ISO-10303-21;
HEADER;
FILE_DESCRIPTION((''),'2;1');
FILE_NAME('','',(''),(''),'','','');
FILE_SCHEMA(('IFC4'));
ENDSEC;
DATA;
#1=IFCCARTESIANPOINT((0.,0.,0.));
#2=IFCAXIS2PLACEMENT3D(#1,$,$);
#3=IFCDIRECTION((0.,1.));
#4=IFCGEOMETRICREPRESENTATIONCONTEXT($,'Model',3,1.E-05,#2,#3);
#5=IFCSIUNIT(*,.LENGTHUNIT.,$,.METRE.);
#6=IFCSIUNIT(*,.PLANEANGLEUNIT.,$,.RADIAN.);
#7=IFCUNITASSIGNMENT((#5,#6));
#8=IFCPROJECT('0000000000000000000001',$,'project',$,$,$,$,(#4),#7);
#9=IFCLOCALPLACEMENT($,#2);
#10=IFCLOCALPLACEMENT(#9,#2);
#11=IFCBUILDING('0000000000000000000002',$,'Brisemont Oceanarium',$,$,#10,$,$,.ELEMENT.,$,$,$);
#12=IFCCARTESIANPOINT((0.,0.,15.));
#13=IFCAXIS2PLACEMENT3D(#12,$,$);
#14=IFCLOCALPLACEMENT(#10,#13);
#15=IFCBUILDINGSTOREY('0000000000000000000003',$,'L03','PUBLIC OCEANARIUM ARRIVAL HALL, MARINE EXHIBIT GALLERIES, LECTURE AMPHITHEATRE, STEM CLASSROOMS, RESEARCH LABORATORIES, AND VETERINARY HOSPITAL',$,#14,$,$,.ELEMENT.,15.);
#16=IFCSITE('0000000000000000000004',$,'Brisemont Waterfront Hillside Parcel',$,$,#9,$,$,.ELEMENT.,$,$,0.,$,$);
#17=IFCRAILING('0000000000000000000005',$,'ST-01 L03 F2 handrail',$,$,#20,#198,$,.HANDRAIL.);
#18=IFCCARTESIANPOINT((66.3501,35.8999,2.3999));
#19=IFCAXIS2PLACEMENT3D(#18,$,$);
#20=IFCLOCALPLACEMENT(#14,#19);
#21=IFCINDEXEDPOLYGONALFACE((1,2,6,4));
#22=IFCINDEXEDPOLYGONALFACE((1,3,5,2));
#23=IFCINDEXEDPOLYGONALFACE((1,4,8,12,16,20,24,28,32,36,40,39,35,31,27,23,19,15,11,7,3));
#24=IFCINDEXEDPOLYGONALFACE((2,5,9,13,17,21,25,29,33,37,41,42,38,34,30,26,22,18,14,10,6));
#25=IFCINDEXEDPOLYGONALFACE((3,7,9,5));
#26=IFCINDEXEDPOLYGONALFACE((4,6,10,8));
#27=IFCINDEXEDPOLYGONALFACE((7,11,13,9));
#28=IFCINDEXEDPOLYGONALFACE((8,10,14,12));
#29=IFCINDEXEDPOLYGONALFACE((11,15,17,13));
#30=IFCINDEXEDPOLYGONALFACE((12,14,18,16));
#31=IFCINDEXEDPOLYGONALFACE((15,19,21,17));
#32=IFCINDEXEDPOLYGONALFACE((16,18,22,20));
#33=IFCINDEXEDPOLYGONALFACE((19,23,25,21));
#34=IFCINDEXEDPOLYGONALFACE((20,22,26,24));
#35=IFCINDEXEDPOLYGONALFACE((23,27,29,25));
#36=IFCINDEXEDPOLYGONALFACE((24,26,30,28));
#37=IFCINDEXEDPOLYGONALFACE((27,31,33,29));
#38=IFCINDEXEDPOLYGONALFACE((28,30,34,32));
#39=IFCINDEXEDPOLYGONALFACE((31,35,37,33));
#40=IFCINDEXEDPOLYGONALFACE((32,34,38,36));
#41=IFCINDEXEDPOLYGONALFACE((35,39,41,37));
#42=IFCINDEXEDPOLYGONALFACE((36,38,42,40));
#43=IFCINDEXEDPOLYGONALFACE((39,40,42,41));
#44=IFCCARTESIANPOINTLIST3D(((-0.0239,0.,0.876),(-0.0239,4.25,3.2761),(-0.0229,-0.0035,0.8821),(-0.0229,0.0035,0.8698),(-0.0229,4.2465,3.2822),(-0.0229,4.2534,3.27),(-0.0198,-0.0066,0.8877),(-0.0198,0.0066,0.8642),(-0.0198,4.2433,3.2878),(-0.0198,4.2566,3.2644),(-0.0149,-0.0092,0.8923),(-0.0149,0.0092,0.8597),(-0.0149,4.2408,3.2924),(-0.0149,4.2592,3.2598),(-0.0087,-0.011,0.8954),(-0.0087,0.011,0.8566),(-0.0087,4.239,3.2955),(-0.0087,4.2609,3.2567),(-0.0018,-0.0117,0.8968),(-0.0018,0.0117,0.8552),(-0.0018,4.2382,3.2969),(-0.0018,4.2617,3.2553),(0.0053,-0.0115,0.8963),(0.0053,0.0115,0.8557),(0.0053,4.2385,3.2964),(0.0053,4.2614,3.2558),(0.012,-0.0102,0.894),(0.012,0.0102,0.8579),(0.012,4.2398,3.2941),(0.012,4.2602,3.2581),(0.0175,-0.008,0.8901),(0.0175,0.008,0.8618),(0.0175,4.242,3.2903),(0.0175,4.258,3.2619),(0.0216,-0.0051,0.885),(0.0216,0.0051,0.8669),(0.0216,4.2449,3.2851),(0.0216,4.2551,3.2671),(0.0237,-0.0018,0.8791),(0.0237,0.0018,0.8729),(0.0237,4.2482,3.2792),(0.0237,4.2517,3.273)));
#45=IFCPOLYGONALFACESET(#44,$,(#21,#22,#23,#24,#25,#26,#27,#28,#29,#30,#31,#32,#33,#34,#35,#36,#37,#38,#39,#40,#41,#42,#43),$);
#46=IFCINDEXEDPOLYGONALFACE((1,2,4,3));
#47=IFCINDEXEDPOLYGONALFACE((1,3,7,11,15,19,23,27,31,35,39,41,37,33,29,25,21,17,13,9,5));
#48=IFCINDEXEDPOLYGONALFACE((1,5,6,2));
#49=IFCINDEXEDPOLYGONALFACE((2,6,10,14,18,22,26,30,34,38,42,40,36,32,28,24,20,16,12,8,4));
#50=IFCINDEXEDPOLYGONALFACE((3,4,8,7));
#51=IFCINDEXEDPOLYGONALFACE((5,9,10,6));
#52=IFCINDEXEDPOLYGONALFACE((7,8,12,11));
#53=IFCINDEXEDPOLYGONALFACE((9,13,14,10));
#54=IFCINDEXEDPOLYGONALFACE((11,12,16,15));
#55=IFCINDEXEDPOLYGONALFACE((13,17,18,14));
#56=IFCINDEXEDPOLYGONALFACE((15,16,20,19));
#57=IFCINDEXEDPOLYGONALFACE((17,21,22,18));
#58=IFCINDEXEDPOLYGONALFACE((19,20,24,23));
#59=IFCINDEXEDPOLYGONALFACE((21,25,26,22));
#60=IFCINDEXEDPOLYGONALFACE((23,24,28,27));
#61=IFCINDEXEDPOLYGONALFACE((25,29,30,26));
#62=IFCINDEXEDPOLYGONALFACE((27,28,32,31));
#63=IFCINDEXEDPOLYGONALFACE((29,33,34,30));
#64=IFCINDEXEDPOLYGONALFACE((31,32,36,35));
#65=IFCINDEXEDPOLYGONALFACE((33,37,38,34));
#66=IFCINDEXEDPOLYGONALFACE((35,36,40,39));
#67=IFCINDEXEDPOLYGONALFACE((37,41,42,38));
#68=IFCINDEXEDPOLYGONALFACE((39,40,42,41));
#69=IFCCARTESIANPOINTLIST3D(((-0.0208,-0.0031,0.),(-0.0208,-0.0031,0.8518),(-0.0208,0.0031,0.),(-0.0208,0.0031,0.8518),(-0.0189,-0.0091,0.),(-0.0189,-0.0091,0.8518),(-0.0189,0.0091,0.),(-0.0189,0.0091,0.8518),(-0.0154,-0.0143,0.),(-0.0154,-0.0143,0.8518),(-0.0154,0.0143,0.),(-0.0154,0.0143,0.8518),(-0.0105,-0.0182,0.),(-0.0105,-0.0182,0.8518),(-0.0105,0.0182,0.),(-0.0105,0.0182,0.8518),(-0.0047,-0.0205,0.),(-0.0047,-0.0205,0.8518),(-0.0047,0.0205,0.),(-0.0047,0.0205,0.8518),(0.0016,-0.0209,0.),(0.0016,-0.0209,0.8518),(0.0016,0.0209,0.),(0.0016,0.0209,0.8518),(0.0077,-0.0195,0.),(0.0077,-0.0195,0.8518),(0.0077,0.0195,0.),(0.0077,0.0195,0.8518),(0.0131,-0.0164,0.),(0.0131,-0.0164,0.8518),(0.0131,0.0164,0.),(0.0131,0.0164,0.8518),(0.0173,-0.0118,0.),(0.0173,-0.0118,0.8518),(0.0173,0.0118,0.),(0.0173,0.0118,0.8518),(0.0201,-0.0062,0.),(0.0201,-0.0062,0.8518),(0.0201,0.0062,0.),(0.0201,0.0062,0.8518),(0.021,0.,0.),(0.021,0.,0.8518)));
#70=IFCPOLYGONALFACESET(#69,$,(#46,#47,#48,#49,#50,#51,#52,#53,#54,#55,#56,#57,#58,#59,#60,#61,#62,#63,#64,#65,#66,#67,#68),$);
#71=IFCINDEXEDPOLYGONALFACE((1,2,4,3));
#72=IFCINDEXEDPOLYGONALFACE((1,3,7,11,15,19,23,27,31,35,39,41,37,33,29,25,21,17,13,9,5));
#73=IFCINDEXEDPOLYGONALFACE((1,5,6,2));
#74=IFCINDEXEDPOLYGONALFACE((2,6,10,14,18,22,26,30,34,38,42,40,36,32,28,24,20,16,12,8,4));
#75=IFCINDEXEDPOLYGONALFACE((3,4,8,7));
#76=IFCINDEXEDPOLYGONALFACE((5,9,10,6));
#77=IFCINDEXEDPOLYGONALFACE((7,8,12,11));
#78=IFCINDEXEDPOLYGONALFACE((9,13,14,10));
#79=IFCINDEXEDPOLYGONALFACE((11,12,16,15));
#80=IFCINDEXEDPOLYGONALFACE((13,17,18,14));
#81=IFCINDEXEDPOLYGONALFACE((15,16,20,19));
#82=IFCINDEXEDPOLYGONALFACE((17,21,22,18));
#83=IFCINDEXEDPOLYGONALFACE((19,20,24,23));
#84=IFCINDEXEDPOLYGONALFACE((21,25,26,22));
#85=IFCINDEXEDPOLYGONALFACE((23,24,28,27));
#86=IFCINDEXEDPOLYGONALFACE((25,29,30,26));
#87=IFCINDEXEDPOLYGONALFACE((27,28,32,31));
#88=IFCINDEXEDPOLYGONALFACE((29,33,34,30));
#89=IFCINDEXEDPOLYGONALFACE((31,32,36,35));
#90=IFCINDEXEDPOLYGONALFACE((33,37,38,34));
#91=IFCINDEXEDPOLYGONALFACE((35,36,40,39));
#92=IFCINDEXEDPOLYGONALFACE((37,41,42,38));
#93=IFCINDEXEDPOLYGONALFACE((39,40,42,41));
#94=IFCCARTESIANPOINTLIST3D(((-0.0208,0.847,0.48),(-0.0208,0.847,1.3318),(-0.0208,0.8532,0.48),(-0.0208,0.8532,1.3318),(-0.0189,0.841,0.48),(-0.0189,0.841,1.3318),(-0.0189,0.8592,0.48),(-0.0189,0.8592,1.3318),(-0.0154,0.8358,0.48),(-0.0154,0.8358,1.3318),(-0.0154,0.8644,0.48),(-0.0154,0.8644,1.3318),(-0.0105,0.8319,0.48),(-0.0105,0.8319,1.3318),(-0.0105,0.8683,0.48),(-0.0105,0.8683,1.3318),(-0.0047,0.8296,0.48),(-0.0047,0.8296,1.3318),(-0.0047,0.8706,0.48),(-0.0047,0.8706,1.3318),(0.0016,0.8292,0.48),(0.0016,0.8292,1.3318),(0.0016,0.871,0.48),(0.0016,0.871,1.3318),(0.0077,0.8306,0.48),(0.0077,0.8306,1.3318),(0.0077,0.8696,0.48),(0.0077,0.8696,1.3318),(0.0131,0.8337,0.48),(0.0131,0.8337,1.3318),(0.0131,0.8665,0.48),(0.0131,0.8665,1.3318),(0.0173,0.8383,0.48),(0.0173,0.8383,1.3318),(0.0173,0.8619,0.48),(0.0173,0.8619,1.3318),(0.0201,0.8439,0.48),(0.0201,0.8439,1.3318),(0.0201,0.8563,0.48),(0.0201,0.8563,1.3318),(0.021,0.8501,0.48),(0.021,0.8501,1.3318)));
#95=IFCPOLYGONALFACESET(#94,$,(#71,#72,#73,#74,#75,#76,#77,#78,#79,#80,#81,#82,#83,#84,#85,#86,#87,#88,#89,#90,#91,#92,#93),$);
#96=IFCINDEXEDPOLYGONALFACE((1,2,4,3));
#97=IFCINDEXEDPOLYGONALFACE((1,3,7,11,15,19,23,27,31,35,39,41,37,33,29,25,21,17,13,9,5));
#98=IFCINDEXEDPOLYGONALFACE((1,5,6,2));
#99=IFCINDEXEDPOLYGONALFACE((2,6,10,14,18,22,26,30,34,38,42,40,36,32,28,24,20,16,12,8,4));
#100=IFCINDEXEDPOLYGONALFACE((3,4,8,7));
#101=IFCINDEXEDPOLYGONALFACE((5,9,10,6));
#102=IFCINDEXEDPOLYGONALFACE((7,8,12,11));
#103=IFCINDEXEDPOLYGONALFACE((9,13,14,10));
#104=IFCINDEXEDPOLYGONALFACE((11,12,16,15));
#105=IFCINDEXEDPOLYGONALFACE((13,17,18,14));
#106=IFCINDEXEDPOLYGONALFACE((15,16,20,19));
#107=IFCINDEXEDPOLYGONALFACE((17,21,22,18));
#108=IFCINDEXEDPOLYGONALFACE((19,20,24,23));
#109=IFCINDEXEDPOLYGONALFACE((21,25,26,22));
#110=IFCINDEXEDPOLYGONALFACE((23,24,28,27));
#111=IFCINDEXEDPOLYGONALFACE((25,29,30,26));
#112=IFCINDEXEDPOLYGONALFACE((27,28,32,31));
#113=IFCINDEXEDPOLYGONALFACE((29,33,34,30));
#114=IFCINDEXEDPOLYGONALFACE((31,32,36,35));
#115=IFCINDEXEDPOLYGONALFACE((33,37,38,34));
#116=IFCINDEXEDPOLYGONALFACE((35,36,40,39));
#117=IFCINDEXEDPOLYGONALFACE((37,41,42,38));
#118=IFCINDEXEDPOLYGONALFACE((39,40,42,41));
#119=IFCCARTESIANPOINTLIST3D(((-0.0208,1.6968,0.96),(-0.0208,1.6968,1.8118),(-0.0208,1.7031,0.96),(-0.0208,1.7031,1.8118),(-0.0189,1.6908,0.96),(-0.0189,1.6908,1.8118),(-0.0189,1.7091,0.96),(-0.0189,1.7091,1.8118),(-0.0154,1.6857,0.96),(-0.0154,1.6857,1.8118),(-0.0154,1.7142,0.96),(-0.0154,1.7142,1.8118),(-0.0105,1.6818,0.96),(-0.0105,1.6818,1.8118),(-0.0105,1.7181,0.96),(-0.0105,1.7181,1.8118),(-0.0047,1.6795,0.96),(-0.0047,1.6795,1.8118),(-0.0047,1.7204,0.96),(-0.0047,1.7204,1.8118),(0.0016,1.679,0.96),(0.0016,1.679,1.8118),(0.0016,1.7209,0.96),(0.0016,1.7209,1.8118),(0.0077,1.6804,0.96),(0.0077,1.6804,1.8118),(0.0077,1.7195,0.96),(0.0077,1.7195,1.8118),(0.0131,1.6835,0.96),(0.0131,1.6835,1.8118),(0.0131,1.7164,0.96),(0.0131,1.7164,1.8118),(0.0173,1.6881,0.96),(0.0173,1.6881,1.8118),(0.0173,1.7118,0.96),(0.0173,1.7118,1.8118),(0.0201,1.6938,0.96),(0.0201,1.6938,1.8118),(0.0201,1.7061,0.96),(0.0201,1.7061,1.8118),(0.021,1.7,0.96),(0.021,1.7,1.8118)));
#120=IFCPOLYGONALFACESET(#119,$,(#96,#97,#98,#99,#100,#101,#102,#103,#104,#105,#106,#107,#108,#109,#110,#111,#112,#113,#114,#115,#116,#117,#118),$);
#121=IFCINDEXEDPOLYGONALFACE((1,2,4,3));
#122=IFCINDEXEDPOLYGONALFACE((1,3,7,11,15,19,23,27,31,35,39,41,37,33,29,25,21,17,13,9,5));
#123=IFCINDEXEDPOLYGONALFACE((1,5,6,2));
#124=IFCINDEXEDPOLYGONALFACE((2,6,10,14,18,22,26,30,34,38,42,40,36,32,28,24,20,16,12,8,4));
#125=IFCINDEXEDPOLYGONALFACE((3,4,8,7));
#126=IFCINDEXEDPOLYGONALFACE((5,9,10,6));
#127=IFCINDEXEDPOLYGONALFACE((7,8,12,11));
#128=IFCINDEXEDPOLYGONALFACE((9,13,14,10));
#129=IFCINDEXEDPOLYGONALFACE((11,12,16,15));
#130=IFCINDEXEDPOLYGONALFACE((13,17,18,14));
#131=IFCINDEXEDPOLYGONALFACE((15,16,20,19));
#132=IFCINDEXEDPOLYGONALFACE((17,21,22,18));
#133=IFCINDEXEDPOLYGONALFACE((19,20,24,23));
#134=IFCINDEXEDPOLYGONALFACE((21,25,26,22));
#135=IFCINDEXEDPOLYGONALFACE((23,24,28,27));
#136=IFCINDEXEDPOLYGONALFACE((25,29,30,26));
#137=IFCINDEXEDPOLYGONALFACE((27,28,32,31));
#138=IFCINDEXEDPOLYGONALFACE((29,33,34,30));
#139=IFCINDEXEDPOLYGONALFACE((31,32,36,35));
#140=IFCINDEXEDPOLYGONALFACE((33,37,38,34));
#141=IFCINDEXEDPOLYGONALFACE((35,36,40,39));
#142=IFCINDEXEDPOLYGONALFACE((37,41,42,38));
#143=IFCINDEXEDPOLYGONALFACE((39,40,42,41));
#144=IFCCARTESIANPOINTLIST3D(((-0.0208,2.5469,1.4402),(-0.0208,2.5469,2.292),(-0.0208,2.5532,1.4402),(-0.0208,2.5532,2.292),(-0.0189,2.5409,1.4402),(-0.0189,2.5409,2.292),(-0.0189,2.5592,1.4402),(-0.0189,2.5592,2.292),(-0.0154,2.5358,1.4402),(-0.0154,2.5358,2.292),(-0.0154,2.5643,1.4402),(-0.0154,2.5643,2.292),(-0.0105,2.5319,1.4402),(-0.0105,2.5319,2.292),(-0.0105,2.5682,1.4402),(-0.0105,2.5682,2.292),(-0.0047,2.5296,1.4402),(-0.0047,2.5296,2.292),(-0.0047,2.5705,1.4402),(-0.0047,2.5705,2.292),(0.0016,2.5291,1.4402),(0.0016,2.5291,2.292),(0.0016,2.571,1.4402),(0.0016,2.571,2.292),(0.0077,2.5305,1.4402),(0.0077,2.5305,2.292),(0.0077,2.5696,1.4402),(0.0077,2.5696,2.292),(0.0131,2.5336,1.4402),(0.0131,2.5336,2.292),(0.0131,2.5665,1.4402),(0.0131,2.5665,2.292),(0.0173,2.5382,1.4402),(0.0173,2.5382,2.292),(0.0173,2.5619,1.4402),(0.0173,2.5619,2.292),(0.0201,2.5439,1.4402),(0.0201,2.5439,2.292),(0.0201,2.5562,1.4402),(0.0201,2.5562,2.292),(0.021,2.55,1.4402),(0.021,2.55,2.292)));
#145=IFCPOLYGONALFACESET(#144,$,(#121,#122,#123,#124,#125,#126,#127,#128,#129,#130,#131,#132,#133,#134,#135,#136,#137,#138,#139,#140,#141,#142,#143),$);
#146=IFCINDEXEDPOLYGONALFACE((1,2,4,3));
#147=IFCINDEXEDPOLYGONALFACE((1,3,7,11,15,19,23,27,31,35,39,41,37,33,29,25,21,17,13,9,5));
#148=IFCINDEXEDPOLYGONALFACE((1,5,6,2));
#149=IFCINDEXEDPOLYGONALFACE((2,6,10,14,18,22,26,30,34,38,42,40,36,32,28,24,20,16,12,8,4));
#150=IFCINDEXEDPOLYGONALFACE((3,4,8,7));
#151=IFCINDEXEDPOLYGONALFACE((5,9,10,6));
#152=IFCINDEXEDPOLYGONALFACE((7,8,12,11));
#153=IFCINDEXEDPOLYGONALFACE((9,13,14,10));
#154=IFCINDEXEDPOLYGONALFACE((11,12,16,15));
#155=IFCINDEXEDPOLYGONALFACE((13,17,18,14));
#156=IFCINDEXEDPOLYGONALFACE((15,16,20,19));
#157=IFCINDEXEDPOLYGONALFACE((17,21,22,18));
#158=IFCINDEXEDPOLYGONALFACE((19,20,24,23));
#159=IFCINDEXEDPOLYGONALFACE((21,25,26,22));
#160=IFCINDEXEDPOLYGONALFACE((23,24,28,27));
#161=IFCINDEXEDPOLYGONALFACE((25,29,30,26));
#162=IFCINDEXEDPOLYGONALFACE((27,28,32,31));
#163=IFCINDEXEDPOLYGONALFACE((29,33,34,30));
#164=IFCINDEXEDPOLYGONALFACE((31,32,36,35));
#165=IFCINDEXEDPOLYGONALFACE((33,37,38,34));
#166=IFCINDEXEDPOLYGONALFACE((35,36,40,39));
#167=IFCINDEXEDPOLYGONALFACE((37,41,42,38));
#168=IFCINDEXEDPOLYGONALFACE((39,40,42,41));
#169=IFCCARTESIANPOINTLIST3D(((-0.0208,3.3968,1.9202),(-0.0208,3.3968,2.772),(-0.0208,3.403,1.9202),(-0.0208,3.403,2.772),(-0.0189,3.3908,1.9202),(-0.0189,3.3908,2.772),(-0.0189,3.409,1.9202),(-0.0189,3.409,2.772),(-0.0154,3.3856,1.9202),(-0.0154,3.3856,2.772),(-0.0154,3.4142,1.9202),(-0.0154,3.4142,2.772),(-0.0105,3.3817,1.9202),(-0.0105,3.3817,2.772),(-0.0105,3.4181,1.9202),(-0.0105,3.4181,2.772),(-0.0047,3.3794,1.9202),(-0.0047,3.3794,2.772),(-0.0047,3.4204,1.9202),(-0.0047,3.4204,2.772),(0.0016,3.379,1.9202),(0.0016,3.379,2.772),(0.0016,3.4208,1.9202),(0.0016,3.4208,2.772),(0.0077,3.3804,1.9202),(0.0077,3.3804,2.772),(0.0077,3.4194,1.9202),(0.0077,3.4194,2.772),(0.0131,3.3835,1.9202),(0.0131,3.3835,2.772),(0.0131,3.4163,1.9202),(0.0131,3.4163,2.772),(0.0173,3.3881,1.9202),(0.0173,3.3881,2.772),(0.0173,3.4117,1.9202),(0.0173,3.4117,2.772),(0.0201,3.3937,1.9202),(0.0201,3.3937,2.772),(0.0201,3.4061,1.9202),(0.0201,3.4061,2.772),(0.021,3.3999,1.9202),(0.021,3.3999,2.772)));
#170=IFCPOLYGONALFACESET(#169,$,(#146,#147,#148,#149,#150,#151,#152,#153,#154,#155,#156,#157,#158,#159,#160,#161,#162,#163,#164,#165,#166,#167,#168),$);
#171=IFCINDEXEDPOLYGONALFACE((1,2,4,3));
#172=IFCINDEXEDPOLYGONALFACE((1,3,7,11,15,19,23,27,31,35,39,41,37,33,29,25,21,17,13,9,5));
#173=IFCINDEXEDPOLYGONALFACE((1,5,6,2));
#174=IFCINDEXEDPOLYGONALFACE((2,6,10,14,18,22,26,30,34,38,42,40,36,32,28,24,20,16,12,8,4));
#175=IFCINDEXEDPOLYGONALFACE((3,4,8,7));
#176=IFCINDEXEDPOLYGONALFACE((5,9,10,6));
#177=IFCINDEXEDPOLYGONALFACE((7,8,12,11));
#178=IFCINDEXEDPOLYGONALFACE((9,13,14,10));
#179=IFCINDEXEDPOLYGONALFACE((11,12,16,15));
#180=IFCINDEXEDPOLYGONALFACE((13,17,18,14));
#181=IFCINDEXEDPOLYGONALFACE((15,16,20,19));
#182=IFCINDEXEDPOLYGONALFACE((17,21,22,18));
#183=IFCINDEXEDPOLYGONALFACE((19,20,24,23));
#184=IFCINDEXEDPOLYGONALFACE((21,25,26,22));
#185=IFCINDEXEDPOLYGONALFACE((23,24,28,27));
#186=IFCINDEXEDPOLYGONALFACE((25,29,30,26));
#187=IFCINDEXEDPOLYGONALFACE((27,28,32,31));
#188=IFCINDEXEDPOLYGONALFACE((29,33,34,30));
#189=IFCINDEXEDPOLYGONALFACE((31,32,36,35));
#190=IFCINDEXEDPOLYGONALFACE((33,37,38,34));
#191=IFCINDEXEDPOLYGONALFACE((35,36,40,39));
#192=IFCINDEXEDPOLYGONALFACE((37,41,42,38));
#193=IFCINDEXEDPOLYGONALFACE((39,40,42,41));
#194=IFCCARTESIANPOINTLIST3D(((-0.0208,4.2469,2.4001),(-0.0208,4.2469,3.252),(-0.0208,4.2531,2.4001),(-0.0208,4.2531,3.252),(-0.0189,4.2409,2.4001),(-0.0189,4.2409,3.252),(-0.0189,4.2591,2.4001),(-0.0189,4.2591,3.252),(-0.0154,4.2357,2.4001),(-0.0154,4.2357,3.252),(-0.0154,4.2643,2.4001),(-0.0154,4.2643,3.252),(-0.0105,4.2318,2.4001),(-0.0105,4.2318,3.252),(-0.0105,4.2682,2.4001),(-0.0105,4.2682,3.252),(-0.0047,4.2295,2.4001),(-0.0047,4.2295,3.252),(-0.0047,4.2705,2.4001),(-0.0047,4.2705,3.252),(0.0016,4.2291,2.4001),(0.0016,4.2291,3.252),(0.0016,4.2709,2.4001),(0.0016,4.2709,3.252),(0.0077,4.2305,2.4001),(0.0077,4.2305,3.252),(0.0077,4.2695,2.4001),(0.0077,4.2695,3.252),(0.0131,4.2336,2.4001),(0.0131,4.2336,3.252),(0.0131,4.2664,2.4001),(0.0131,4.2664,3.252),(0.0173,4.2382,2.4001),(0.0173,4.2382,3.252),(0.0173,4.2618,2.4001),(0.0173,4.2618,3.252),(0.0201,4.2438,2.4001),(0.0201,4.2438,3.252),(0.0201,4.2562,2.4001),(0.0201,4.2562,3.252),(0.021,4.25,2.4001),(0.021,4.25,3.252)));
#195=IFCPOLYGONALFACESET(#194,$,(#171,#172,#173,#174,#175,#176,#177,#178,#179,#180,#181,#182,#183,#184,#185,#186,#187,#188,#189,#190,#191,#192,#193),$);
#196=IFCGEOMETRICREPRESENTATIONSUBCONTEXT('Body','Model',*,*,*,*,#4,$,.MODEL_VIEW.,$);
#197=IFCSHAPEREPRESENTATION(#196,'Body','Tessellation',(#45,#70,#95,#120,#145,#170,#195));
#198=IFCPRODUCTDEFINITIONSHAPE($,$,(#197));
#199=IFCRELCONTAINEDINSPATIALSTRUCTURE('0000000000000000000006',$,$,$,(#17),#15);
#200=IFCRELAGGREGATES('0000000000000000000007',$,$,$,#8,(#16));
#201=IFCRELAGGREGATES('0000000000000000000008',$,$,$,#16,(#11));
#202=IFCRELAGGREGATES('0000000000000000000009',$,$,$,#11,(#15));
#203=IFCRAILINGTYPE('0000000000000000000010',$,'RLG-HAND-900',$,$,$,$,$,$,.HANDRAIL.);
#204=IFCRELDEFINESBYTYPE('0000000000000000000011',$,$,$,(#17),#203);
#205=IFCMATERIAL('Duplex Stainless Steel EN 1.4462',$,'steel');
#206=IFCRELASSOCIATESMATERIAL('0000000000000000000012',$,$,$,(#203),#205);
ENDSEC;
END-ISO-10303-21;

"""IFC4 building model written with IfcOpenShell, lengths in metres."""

from ifc_helpers import new_model, si_unit, direction, frame, origin, origin_2d, place, context, subcontext, project, spatial, circle, extrude, material, type_object, element, save


model = new_model("IFC4")

# Units and contexts
model_context = context("Model", 3, precision=1e-05, world=origin(), true_north=direction((0.0, 1.0)))
body_context = subcontext(model_context, "Body", "Model", "MODEL_VIEW")
ifc_project = project(units=[si_unit("LENGTHUNIT", "METRE"), si_unit("PLANEANGLEUNIT", "RADIAN")], contexts=[model_context])

# Site, building, storey
site_placement = place(None, origin())
site = spatial("IfcSite", under=ifc_project, at=site_placement, Name="Brisemont Waterfront Hillside Parcel", CompositionType="ELEMENT", RefElevation=0.0)
building_placement = place(site_placement, origin())
building = spatial("IfcBuilding", under=site, at=building_placement, Name="Brisemont Oceanarium", CompositionType="ELEMENT")
storey_placement = place(building_placement, frame((0.0, 0.0, 15.0)))
storey = spatial("IfcBuildingStorey", under=building, at=storey_placement, Name="L03", Description="PUBLIC OCEANARIUM ARRIVAL HALL, MARINE EXHIBIT GALLERIES, LECTURE AMPHITHEATRE, STEM CLASSROOMS, RESEARCH LABORATORIES, AND VETERINARY HOSPITAL", CompositionType="ELEMENT", Elevation=15.0)

# Railing
ifc_material_1 = material(Name="Duplex Stainless Steel EN 1.4462", Category="steel")
railing_type_1 = type_object("IfcRailingType", Name="RLG-HAND-900", PredefinedType="HANDRAIL", material=ifc_material_1)
railing_1_placement = place(storey_placement, frame((66.3501, 35.8999, 2.3999)))
element("IfcRailing", 1, at=railing_1_placement, inside=storey, type_object=railing_type_1, Name="ST-01 L03 F2 handrail", PredefinedType="HANDRAIL", context=body_context, shape_type="SweptSolid", body=[
    extrude(circle(Radius=0.0239, at=origin_2d()), frame((0.0, 0.0, 0.876), z_axis=(0.0, 0.870741, 0.491742), x_axis=(-1.0, 0.0, 0.0)), (0.0, 0.0, 1.0), 4.8809),
    extrude(circle(Radius=0.021, at=origin_2d()), origin(), (0.0, 0.0, 1.0), 0.8518),
    extrude(circle(Radius=0.021, at=origin_2d()), frame((0.0, 0.8501, 0.48)), (0.0, 0.0, 1.0), 0.8518),
    extrude(circle(Radius=0.021, at=origin_2d()), frame((0.0, 1.7, 0.96)), (0.0, 0.0, 1.0), 0.8518),
    extrude(circle(Radius=0.021, at=origin_2d()), frame((0.0, 2.55, 1.4402)), (0.0, 0.0, 1.0), 0.8518),
    extrude(circle(Radius=0.021, at=origin_2d()), frame((0.0, 3.3999, 1.9202)), (0.0, 0.0, 1.0), 0.8518),
    extrude(circle(Radius=0.021, at=origin_2d()), frame((0.0, 4.25, 2.4001)), (0.0, 0.0, 1.0), 0.8518),
])

save(model, "model.ifc")
